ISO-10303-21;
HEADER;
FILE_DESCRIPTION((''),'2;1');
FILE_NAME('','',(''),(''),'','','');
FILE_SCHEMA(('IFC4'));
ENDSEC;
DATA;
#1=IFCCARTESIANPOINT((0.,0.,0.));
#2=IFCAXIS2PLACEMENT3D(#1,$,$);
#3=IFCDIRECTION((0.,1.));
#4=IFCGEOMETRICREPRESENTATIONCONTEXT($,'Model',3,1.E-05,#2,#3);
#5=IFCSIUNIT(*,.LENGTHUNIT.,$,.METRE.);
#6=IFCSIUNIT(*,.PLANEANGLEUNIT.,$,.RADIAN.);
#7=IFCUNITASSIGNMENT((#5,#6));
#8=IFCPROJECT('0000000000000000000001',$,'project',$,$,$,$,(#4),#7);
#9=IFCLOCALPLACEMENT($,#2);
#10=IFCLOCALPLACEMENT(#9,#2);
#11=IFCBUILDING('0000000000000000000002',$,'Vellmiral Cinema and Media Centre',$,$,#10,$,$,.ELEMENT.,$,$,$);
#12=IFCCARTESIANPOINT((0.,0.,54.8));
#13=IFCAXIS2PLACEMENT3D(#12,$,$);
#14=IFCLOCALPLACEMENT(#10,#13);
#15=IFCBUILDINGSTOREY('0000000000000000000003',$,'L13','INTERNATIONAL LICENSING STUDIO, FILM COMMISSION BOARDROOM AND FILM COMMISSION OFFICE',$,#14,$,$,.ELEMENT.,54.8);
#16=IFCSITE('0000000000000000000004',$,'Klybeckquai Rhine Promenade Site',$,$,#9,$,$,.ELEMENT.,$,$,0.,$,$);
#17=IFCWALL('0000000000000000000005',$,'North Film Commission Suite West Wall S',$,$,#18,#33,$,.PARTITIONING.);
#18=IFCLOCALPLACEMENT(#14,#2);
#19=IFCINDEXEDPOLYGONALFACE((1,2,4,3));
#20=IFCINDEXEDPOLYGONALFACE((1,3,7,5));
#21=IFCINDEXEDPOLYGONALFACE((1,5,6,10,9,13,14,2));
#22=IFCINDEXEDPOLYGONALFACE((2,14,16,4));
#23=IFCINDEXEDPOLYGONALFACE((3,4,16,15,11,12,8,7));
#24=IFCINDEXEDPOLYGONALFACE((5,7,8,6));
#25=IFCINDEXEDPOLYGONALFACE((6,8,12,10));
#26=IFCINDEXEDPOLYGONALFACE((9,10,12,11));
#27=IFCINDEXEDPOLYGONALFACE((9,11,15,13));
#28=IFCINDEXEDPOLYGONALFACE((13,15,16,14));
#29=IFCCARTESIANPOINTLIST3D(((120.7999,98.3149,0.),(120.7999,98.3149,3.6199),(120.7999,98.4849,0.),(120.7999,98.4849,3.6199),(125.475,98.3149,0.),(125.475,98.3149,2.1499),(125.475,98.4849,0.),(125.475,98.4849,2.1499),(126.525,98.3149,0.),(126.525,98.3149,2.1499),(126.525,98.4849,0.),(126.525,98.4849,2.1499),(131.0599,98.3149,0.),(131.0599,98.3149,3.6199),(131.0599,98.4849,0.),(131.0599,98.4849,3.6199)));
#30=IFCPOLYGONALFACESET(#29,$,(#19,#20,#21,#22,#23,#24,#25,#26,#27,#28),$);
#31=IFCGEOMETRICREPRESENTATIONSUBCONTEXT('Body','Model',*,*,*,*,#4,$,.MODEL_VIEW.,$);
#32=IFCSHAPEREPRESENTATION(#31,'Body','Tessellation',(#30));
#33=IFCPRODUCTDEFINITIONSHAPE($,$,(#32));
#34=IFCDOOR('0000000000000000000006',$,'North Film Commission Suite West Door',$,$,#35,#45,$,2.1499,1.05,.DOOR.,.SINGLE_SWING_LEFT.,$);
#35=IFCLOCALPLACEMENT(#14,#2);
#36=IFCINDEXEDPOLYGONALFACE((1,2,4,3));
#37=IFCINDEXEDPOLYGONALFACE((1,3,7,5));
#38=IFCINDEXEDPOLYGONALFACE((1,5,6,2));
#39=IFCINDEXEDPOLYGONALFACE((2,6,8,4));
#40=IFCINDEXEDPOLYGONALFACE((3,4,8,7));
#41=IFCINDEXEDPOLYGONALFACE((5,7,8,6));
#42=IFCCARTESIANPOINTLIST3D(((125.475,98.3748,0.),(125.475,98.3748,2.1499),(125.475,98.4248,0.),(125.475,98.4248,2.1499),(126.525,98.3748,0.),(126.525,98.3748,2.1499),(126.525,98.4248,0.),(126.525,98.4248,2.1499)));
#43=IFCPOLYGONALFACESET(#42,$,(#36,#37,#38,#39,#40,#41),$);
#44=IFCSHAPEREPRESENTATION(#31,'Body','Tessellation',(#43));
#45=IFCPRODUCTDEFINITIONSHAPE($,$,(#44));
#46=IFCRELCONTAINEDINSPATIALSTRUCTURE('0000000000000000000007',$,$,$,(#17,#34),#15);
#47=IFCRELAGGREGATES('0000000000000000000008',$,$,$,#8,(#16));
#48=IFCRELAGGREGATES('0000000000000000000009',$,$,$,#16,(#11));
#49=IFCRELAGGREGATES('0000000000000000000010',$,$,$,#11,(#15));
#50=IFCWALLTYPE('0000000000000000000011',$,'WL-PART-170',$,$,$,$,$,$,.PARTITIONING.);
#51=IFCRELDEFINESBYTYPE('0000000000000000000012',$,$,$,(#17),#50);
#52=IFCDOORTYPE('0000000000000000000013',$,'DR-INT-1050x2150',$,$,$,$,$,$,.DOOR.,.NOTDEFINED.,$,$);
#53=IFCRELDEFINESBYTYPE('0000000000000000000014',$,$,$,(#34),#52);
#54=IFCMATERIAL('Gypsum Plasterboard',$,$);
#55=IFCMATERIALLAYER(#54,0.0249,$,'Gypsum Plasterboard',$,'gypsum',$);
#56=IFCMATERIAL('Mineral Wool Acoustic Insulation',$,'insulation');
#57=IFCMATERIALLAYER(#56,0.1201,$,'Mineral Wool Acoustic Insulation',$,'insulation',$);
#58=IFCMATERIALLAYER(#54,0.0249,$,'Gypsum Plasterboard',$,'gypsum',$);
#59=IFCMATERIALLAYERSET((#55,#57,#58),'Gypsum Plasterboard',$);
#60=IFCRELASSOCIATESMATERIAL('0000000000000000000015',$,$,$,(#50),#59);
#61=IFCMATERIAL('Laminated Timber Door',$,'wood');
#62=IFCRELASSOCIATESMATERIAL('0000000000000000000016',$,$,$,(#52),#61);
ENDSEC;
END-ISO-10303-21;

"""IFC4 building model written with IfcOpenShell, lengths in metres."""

from ifc_helpers import new_model, si_unit, direction, frame, frame_2d, origin, place, context, subcontext, project, spatial, rectangle, extrude, material, layer, layer_set, type_object, element, fill, save


model = new_model("IFC4")

# Units and contexts
model_context = context("Model", 3, precision=1e-05, world=origin(), true_north=direction((0.0, 1.0)))
body_context = subcontext(model_context, "Body", "Model", "MODEL_VIEW")
ifc_project = project(units=[si_unit("LENGTHUNIT", "METRE"), si_unit("PLANEANGLEUNIT", "RADIAN")], contexts=[model_context])

# Site, building, storey
site_placement = place(None, origin())
site = spatial("IfcSite", under=ifc_project, at=site_placement, Name="Klybeckquai Rhine Promenade Site", CompositionType="ELEMENT", RefElevation=0.0)
building_placement = place(site_placement, origin())
building = spatial("IfcBuilding", under=site, at=building_placement, Name="Vellmiral Cinema and Media Centre", CompositionType="ELEMENT")
storey_placement = place(building_placement, frame((0.0, 0.0, 54.8)))
storey = spatial("IfcBuildingStorey", under=building, at=storey_placement, Name="L13", Description="INTERNATIONAL LICENSING STUDIO, FILM COMMISSION BOARDROOM AND FILM COMMISSION OFFICE", CompositionType="ELEMENT", Elevation=54.8)

# Wall, opening, door
ifc_material_1 = material(Name="Gypsum Plasterboard")
ifc_layer_1 = layer(ifc_material_1, 0.0249, Name="Gypsum Plasterboard", Category="gypsum")
ifc_material_2 = material(Name="Mineral Wool Acoustic Insulation", Category="insulation")
ifc_layer_2 = layer(ifc_material_2, 0.1201, Name="Mineral Wool Acoustic Insulation", Category="insulation")
ifc_layer_3 = layer(ifc_material_1, 0.0249, Name="Gypsum Plasterboard", Category="gypsum")
ifc_layer_set_1 = layer_set([ifc_layer_1, ifc_layer_2, ifc_layer_3], Name="Gypsum Plasterboard")
wall_type_1 = type_object("IfcWallType", Name="WL-PART-170", PredefinedType="PARTITIONING", material=ifc_layer_set_1)
wall_1_placement = place(storey_placement, frame((120.8, 98.3999, 0.0), z_axis=(0.0, 0.0, 1.0), x_axis=(1.0, 0.0, 0.0)))
wall_1 = element("IfcWall", 1, at=wall_1_placement, inside=storey, type_object=wall_type_1, Name="North Film Commission Suite West Wall S", PredefinedType="PARTITIONING", context=body_context, shape_type="SweptSolid", body=[
    extrude(rectangle(XDim=10.26, YDim=0.1699, at=frame_2d((5.1299, 0.0))), origin(), (0.0, 0.0, 1.0), 3.6199),
])
opening_placement = place(wall_1_placement, frame((4.675, 0.0, 0.0)))
opening = element("IfcOpeningElement", 2, at=opening_placement, cuts=wall_1, PredefinedType="OPENING", context=body_context, shape_type="SweptSolid", body=[
    extrude(rectangle(XDim=1.05, YDim=2.1499, at=frame_2d((0.5249, 1.075))), frame((0.0, 0.0969, 0.0), z_axis=(0.0, -1.0, 0.0), x_axis=(1.0, 0.0, 0.0)), (0.0, 0.0, 1.0), 0.1938),
])
ifc_material_3 = material(Name="Laminated Timber Door", Category="wood")
door_type = type_object("IfcDoorType", Name="DR-INT-1050x2150", OperationType="NOTDEFINED", PredefinedType="DOOR", material=ifc_material_3)
door_placement = place(opening_placement, origin())
door = element("IfcDoor", 3, at=door_placement, inside=storey, type_object=door_type, Name="North Film Commission Suite West Door", OperationType="SINGLE_SWING_LEFT", OverallHeight=2.1499, OverallWidth=1.05, PredefinedType="DOOR", context=body_context, shape_type="SweptSolid", body=[
    extrude(rectangle(XDim=1.05, YDim=2.1499, at=frame_2d((0.5249, 1.075))), frame((0.0, 0.0249, 0.0), z_axis=(0.0, -1.0, 0.0), x_axis=(1.0, 0.0, 0.0)), (0.0, 0.0, 1.0), 0.05),
])
fill(opening, door)

save(model, "model.ifc")
